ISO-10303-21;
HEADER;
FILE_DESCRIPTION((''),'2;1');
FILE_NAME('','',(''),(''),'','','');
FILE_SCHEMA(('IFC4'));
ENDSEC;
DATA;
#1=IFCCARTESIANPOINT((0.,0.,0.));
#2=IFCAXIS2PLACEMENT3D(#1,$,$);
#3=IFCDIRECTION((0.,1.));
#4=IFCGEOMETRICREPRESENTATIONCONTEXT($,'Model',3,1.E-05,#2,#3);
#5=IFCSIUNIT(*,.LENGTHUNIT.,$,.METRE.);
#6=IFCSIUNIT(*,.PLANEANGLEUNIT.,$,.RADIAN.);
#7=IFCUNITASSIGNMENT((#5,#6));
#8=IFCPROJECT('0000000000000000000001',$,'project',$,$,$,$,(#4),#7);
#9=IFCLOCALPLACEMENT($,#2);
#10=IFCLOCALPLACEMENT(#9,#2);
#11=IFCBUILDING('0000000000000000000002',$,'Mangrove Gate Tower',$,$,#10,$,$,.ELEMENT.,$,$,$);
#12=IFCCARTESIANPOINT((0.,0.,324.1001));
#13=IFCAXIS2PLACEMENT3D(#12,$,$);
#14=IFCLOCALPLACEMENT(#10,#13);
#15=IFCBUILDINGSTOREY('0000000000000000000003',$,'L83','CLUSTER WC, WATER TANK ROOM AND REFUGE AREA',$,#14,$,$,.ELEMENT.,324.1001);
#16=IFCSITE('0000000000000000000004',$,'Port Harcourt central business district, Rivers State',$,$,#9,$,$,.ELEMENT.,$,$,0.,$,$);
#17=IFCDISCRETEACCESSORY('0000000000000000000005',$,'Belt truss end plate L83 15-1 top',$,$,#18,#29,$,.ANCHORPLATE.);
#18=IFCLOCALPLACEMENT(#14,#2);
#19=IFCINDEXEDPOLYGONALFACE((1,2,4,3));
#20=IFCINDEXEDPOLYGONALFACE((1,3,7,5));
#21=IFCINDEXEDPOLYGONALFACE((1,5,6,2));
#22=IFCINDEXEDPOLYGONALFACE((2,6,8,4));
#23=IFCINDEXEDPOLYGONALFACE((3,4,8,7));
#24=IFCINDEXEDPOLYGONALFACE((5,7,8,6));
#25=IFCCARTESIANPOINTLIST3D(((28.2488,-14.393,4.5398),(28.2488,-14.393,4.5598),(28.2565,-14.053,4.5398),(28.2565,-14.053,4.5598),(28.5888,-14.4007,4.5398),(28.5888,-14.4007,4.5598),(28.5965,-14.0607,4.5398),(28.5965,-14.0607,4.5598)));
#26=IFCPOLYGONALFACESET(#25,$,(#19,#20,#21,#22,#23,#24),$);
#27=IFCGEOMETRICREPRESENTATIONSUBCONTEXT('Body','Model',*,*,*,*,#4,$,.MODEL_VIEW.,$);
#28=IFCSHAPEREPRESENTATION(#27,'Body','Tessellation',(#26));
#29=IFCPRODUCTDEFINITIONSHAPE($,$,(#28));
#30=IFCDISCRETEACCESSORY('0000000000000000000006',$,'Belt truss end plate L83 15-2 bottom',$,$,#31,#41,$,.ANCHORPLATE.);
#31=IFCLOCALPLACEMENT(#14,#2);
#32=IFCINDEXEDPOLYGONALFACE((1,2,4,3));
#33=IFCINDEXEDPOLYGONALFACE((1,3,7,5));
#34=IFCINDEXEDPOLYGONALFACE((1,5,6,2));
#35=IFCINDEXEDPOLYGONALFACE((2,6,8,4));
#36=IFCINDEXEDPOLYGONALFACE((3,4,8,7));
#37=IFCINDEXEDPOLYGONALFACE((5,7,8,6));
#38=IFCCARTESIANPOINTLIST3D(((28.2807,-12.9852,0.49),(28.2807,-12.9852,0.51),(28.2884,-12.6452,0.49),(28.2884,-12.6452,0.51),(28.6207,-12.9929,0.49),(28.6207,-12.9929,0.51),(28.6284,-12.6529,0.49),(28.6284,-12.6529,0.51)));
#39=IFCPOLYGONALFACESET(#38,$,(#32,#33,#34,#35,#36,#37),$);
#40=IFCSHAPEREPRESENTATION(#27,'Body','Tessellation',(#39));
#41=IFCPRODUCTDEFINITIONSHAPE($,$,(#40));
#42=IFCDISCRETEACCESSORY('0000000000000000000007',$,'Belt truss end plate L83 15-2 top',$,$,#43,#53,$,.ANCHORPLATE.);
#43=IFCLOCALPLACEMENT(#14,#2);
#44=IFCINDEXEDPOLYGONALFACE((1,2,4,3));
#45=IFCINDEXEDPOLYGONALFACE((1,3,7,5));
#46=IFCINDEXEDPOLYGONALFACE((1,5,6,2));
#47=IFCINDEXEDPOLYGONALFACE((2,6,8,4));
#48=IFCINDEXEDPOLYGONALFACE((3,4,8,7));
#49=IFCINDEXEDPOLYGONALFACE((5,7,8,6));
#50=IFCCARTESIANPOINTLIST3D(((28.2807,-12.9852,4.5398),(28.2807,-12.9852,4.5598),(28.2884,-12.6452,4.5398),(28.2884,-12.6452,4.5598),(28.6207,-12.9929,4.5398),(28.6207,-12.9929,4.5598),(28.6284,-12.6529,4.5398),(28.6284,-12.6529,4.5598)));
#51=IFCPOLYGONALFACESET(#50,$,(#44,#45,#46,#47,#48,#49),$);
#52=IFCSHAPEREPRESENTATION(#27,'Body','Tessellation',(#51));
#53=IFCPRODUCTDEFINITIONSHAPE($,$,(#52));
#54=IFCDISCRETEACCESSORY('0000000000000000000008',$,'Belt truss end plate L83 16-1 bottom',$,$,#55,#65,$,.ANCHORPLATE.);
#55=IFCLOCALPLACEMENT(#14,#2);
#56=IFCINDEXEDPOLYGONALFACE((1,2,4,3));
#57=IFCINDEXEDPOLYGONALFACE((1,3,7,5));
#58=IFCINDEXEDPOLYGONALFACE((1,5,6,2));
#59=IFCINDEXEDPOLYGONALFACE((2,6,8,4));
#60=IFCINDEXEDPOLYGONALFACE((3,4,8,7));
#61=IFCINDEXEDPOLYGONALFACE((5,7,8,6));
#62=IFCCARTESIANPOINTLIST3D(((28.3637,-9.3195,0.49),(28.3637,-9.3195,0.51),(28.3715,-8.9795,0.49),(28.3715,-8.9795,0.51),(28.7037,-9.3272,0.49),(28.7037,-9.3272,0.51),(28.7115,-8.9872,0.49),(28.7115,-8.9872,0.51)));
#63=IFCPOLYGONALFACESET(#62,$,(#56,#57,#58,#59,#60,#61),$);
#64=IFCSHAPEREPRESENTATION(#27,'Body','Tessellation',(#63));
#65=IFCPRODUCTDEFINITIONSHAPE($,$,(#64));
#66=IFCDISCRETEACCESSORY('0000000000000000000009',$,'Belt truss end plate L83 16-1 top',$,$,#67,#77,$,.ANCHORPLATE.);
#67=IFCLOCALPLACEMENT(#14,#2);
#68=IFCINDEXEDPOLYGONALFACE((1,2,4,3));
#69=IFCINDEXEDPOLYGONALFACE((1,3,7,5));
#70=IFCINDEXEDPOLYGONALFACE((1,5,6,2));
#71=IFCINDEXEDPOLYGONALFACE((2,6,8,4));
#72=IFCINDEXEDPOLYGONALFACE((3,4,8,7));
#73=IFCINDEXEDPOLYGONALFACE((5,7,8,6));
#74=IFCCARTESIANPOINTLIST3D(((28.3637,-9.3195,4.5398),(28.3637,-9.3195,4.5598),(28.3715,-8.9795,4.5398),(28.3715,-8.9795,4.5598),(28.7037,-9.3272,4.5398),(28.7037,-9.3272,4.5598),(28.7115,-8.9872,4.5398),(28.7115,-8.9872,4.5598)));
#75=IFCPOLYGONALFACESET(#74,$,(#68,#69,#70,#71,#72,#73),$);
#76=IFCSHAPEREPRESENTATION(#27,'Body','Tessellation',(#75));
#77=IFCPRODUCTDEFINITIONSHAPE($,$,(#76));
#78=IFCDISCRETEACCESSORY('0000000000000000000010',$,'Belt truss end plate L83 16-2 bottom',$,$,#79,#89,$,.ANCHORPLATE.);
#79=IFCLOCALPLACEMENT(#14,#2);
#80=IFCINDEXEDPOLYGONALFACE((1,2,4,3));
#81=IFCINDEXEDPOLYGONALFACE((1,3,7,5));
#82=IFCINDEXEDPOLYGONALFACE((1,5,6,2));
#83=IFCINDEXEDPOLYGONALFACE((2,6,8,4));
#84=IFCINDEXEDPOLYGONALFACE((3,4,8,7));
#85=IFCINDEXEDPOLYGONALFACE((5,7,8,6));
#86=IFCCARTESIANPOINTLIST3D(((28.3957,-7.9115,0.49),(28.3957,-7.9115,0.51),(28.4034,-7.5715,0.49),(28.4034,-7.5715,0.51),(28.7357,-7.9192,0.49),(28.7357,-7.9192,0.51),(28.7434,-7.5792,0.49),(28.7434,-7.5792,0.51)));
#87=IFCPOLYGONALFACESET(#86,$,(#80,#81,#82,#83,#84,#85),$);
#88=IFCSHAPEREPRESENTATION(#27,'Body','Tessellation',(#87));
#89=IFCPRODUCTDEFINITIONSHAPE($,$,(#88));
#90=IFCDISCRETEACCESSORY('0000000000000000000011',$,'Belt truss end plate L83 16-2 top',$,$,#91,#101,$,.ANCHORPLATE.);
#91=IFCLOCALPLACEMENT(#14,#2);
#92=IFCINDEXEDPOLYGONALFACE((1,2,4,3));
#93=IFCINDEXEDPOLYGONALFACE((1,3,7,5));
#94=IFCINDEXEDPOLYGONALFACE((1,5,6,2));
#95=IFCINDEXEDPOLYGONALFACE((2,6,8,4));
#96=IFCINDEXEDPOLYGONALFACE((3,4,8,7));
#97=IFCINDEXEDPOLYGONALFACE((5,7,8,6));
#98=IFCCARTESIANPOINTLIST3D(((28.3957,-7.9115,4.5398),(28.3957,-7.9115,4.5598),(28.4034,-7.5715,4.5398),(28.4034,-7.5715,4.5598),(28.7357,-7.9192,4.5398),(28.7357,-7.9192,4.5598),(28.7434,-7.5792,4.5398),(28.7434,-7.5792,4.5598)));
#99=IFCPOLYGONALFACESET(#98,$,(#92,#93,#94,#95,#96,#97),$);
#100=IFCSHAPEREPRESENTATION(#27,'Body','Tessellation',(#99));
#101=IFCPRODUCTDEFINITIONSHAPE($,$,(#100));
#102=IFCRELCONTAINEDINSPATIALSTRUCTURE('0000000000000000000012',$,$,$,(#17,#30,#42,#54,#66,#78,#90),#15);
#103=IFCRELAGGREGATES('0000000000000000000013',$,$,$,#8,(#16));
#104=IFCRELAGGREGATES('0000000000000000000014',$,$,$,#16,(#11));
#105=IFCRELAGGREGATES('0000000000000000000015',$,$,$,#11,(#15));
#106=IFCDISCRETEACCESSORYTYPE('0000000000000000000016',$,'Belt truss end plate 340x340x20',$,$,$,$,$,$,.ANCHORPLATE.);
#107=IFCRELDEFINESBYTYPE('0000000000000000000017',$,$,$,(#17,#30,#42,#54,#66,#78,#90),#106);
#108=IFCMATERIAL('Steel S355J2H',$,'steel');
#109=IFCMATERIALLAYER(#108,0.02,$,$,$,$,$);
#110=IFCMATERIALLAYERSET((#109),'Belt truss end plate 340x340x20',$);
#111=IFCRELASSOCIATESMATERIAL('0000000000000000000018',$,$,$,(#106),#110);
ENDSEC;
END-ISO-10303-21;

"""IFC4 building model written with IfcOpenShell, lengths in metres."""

from ifc_helpers import new_model, si_unit, direction, frame, origin, origin_2d, place, context, subcontext, project, spatial, rectangle, extrude, material, layer, layer_set, type_object, element, save


model = new_model("IFC4")

# Units and contexts
model_context = context("Model", 3, precision=1e-05, world=origin(), true_north=direction((0.0, 1.0)))
body_context = subcontext(model_context, "Body", "Model", "MODEL_VIEW")
ifc_project = project(units=[si_unit("LENGTHUNIT", "METRE"), si_unit("PLANEANGLEUNIT", "RADIAN")], contexts=[model_context])

# Site, building, storey
site_placement = place(None, origin())
site = spatial("IfcSite", under=ifc_project, at=site_placement, Name="Port Harcourt central business district, Rivers State", CompositionType="ELEMENT", RefElevation=0.0)
building_placement = place(site_placement, origin())
building = spatial("IfcBuilding", under=site, at=building_placement, Name="Mangrove Gate Tower", CompositionType="ELEMENT")
storey_placement = place(building_placement, frame((0.0, 0.0, 324.1001)))
storey = spatial("IfcBuildingStorey", under=building, at=storey_placement, Name="L83", Description="CLUSTER WC, WATER TANK ROOM AND REFUGE AREA", CompositionType="ELEMENT", Elevation=324.1001)

# Discrete accessories
ifc_material_1 = material(Name="Steel S355J2H", Category="steel")
ifc_layer_1 = layer(ifc_material_1, 0.02)
ifc_layer_set_1 = layer_set([ifc_layer_1], Name="Belt truss end plate 340x340x20")
discrete_accessory_type = type_object("IfcDiscreteAccessoryType", Name="Belt truss end plate 340x340x20", PredefinedType="ANCHORPLATE", material=ifc_layer_set_1)
for number, where, z_axis, x_axis, name in (
    (1, (28.4226, -14.2268, 4.5398), (0.0, 0.0, 1.0), (0.022663, 0.999743, 0.0), "Belt truss end plate L83 15-1 top"),
    (2, (28.4546, -12.8191, 0.49), (0.0, 0.0, 1.0), (0.022663, 0.999743, 0.0), "Belt truss end plate L83 15-2 bottom"),
    (3, (28.4546, -12.8191, 4.5398), (0.0, 0.0, 1.0), (0.022663, 0.999743, 0.0), "Belt truss end plate L83 15-2 top"),
    (4, (28.5376, -9.1533, 0.49), (0.0, 0.0, 1.0), (0.022659, 0.999743, 0.0), "Belt truss end plate L83 16-1 bottom"),
    (5, (28.5376, -9.1533, 4.5398), (0.0, 0.0, 1.0), (0.022659, 0.999743, 0.0), "Belt truss end plate L83 16-1 top"),
    (6, (28.5696, -7.7454, 0.49), (0.0, 0.0, 1.0), (0.022659, 0.999743, 0.0), "Belt truss end plate L83 16-2 bottom"),
    (7, (28.5696, -7.7454, 4.5398), (0.0, 0.0, 1.0), (0.022659, 0.999743, 0.0), "Belt truss end plate L83 16-2 top"),
):
    element("IfcDiscreteAccessory", number, at=place(storey_placement, frame(where, z_axis=z_axis, x_axis=x_axis)), inside=storey, type_object=discrete_accessory_type, Name=name, PredefinedType="ANCHORPLATE", context=body_context, shape_type="SweptSolid", body=[
        extrude(rectangle(XDim=0.3401, YDim=0.3401, at=origin_2d()), origin(), (0.0, 0.0, 1.0), 0.02),
    ])

save(model, "model.ifc")
